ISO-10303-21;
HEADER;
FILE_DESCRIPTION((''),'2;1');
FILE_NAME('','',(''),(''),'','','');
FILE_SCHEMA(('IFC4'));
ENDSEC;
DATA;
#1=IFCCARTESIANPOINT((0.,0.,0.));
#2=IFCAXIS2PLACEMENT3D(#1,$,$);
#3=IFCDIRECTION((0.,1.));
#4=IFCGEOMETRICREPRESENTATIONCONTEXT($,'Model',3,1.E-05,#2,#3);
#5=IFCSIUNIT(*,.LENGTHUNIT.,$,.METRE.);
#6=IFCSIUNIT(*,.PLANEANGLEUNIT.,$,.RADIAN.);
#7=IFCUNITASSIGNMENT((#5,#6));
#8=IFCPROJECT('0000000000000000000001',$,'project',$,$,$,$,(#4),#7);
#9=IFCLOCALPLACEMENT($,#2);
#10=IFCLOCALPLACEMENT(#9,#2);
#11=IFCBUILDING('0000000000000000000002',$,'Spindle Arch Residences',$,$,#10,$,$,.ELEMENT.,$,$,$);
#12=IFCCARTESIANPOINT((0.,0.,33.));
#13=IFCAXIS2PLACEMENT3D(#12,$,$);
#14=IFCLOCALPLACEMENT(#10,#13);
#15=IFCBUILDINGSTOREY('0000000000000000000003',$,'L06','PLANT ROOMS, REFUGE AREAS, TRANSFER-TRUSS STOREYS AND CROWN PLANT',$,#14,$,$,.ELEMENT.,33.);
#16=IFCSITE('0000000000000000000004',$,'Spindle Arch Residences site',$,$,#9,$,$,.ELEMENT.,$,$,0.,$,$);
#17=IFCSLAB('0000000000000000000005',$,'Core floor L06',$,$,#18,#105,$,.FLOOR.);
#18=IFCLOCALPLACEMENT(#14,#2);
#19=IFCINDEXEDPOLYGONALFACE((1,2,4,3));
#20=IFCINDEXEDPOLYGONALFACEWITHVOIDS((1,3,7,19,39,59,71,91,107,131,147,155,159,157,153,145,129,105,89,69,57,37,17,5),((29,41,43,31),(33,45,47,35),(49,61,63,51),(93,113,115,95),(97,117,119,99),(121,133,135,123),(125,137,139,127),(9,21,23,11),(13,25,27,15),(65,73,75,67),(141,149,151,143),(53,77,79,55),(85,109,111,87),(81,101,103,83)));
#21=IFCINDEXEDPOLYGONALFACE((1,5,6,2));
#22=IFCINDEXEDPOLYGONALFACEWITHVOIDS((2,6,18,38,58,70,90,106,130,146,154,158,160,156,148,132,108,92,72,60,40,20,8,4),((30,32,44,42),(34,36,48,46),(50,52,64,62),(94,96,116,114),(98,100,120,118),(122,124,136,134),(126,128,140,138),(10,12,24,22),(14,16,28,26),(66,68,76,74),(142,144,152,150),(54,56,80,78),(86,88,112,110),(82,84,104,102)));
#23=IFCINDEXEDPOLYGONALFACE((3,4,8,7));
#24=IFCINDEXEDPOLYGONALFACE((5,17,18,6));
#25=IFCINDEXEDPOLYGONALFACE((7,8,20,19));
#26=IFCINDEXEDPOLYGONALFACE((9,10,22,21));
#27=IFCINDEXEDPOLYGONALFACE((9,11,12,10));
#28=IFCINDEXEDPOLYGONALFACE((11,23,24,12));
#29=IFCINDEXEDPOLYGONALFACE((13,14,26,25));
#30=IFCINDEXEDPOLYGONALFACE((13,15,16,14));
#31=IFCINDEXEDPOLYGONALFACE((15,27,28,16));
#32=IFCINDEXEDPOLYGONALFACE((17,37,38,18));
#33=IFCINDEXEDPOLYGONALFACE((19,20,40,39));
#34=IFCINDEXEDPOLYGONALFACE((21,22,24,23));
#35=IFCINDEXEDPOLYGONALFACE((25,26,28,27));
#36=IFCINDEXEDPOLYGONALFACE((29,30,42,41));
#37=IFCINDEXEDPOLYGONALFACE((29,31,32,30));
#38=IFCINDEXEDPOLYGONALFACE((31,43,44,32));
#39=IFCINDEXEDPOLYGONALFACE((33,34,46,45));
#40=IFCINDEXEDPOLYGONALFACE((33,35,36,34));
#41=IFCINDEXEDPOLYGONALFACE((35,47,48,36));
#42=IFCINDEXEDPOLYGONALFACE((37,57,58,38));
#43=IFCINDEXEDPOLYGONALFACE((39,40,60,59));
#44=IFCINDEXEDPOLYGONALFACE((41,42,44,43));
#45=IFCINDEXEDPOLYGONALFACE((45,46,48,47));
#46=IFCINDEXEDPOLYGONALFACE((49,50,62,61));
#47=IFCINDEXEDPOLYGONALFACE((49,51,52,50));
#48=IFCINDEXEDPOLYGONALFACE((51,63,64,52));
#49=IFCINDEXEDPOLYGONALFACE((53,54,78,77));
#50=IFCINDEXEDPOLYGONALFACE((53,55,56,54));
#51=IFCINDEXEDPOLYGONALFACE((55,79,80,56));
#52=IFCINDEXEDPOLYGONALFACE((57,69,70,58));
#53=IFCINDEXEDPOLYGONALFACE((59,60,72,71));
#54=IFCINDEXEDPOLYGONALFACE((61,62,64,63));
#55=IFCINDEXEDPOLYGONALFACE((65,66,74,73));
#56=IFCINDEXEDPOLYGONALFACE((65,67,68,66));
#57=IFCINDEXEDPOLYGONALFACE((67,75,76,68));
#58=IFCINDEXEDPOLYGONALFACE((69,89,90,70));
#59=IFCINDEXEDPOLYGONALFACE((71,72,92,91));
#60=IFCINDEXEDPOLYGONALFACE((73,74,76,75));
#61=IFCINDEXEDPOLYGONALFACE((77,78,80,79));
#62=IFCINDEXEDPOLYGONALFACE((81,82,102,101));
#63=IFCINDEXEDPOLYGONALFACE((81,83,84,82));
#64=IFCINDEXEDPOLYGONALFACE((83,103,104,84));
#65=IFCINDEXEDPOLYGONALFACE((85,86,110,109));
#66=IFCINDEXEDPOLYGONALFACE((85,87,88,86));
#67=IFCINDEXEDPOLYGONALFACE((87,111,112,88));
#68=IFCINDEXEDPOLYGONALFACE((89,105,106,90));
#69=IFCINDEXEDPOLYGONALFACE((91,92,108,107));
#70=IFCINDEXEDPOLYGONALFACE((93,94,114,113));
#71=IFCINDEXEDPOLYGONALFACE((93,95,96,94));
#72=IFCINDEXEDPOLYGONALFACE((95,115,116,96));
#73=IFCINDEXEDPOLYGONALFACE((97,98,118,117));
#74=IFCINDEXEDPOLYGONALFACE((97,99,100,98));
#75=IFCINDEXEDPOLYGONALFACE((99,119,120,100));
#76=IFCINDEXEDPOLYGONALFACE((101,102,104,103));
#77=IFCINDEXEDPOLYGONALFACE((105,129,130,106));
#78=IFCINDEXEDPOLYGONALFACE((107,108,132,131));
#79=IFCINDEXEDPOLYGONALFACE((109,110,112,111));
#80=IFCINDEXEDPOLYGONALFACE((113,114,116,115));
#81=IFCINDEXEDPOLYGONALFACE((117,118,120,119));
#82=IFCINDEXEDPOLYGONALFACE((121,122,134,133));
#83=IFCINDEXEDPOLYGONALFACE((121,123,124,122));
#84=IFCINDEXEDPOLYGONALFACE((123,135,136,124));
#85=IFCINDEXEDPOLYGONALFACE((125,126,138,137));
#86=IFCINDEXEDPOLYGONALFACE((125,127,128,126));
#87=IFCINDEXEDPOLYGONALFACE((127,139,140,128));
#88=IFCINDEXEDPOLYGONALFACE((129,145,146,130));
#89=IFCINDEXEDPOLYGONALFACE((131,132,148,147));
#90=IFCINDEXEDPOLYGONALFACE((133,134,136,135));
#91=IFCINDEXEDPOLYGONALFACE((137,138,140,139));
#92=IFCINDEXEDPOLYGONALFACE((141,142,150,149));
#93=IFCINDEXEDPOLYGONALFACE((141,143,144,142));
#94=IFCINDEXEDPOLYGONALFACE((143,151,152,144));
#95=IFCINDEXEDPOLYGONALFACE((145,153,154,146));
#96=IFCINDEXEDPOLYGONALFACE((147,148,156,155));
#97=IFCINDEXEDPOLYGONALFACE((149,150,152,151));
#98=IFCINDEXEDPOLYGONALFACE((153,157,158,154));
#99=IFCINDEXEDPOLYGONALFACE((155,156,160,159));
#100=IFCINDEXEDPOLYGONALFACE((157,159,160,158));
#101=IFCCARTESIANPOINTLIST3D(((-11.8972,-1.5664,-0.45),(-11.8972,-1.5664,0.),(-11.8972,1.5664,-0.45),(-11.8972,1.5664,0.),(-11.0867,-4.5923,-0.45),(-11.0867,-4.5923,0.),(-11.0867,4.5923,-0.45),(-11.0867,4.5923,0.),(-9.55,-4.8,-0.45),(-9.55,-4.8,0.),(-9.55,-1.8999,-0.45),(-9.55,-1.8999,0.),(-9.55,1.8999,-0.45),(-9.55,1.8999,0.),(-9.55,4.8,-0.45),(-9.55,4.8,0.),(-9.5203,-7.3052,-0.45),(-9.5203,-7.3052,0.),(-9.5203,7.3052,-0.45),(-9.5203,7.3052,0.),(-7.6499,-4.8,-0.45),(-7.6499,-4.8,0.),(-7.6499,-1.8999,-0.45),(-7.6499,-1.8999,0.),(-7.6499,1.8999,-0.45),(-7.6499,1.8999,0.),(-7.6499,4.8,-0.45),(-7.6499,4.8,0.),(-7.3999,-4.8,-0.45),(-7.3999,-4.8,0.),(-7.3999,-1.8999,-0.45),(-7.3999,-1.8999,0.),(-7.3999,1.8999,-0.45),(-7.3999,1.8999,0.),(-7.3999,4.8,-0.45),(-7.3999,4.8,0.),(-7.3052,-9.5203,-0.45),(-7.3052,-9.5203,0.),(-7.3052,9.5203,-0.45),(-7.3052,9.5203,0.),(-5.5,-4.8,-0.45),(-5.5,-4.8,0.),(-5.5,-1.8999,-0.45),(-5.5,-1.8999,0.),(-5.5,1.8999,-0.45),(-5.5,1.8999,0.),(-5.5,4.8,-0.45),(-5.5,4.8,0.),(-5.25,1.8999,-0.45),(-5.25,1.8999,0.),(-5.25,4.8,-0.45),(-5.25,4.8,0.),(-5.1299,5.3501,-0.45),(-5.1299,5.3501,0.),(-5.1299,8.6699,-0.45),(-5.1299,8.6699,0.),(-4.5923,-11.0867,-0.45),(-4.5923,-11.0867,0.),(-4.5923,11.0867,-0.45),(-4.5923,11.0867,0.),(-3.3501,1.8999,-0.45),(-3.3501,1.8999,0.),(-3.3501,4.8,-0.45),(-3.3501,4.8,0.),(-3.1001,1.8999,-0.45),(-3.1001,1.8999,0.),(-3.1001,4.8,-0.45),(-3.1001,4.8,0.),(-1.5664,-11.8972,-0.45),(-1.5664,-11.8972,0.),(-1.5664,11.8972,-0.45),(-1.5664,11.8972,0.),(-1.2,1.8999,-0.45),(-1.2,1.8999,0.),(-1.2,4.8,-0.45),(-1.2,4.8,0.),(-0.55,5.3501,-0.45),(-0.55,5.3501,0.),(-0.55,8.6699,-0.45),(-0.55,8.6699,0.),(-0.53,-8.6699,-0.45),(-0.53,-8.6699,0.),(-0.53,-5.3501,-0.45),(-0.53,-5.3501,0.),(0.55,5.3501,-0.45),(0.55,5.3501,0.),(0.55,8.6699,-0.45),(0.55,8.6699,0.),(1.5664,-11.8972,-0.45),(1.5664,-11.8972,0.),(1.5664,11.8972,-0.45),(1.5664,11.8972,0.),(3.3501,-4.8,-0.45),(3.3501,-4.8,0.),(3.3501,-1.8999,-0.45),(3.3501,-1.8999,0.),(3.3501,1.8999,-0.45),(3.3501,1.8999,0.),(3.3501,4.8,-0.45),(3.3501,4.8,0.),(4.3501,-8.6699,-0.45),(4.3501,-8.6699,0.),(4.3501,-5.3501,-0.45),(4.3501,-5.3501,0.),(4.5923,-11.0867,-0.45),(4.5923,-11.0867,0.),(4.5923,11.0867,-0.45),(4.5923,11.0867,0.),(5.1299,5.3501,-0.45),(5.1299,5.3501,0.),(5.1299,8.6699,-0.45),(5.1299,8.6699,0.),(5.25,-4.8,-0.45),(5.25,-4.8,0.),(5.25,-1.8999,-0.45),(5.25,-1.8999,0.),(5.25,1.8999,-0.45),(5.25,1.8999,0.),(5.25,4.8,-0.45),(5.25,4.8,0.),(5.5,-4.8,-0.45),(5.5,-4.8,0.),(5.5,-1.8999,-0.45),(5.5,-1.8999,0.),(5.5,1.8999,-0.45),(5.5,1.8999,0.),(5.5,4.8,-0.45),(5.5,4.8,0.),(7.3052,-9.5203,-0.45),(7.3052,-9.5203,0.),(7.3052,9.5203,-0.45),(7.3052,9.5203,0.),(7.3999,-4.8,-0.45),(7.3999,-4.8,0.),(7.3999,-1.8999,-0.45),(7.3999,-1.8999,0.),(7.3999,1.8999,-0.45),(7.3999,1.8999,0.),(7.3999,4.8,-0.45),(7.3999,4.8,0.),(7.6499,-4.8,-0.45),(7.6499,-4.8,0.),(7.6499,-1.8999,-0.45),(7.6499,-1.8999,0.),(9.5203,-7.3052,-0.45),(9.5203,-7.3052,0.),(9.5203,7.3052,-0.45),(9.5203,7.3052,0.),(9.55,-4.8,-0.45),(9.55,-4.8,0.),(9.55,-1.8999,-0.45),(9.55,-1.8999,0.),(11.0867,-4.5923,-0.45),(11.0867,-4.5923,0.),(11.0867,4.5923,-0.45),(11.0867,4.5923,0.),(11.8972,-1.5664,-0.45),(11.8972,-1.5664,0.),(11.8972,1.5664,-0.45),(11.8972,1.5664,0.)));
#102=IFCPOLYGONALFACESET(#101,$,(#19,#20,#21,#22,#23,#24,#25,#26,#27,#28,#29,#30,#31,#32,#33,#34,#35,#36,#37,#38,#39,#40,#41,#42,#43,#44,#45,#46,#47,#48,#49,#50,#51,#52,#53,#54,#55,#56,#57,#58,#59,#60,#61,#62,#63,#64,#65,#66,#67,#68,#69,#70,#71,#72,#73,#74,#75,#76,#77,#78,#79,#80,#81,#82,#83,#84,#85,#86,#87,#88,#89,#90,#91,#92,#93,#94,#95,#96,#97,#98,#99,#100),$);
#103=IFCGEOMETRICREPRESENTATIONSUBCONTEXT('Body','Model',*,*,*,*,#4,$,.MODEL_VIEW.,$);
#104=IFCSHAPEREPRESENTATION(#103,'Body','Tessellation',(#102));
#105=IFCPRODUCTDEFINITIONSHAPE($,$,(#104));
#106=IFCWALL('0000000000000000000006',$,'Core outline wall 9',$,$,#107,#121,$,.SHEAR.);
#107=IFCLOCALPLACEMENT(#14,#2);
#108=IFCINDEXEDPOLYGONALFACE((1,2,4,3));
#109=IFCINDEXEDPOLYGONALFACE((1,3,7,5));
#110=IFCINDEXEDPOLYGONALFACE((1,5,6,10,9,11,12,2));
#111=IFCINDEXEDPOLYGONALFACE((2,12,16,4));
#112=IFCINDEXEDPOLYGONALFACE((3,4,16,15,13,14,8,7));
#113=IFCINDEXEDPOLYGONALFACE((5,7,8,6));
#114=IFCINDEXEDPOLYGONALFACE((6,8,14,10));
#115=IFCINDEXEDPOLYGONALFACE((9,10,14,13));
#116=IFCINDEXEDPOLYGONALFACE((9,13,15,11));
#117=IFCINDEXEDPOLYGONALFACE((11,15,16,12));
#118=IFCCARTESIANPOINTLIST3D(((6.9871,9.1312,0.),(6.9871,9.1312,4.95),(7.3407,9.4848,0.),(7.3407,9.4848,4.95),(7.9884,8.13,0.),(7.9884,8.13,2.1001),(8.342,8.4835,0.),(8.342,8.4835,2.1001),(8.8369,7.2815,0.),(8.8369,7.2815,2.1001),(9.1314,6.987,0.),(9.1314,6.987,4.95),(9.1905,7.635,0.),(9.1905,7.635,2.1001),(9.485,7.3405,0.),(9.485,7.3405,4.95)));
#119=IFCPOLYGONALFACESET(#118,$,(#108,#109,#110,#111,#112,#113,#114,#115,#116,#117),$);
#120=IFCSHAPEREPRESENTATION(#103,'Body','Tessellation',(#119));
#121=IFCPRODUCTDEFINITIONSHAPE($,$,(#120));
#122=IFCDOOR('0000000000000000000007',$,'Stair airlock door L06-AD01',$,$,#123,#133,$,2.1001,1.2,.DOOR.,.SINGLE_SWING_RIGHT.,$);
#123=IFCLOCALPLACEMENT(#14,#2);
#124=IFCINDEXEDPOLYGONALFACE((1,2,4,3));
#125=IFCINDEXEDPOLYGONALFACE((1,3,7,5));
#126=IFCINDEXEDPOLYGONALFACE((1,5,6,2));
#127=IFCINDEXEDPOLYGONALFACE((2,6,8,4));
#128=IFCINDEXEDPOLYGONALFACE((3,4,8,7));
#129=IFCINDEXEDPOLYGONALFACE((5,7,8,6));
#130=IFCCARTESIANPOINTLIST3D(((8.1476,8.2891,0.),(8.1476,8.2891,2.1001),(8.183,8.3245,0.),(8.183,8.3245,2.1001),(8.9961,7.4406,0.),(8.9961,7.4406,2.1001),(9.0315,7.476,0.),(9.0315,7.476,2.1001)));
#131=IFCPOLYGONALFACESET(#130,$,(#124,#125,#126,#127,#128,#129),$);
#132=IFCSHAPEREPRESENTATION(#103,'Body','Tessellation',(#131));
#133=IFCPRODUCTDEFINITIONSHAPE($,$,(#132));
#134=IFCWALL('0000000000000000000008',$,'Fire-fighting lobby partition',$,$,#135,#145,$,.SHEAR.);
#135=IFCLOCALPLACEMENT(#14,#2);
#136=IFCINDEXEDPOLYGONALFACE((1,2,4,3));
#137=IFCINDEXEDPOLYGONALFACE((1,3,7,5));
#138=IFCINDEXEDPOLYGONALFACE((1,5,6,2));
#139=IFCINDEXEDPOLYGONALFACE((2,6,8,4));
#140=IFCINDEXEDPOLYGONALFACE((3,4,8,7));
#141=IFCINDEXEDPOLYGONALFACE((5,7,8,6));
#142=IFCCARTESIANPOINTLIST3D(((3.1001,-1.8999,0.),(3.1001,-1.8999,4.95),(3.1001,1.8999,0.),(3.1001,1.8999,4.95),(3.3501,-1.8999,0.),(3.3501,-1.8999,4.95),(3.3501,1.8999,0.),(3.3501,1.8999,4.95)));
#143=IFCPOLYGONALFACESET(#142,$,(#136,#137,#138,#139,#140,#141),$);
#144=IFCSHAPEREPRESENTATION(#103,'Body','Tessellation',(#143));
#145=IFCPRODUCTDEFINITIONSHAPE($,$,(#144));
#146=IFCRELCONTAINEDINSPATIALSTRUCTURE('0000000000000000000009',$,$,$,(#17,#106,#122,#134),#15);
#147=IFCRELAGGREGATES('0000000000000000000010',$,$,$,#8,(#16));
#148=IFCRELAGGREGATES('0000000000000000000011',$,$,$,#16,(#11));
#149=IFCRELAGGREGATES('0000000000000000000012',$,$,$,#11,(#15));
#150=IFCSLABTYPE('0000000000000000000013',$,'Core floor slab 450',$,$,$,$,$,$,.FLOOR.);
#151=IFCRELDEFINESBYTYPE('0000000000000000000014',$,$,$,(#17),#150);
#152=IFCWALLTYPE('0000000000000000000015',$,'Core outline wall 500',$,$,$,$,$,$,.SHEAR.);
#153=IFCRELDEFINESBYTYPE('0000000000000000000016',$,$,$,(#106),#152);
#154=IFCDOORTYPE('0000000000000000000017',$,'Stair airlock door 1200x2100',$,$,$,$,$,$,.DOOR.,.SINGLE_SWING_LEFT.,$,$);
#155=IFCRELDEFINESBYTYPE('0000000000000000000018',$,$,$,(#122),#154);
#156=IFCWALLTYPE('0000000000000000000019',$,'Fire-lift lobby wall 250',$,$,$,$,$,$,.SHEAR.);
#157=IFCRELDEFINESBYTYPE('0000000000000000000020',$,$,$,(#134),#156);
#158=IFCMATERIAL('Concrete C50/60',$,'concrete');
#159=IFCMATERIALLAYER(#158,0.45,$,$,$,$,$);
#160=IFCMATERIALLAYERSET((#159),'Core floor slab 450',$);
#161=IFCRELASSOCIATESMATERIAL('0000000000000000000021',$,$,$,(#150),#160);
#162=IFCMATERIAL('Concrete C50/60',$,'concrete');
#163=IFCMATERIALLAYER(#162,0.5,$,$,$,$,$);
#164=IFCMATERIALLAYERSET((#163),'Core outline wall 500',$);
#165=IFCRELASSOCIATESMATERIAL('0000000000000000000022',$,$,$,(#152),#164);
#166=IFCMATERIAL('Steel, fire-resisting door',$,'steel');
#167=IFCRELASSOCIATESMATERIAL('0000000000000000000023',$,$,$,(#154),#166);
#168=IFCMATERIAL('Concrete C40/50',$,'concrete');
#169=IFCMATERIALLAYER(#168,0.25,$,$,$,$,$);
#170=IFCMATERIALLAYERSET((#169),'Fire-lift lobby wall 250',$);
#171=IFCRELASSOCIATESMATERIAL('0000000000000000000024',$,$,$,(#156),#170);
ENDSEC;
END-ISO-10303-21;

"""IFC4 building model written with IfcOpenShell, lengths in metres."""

from ifc_helpers import new_model, si_unit, direction, frame, frame_2d, origin, place, context, subcontext, project, spatial, polyline, rectangle, outline, extrude, material, layer, layer_set, type_object, element, fill, save


model = new_model("IFC4")

# Units and contexts
model_context = context("Model", 3, precision=1e-05, world=origin(), true_north=direction((0.0, 1.0)))
body_context = subcontext(model_context, "Body", "Model", "MODEL_VIEW")
ifc_project = project(units=[si_unit("LENGTHUNIT", "METRE"), si_unit("PLANEANGLEUNIT", "RADIAN")], contexts=[model_context])

# Site, building, storey
site_placement = place(None, origin())
site = spatial("IfcSite", under=ifc_project, at=site_placement, Name="Spindle Arch Residences site", CompositionType="ELEMENT", RefElevation=0.0)
building_placement = place(site_placement, origin())
building = spatial("IfcBuilding", under=site, at=building_placement, Name="Spindle Arch Residences", CompositionType="ELEMENT")
storey_placement = place(building_placement, frame((0.0, 0.0, 33.0)))
storey = spatial("IfcBuildingStorey", under=building, at=storey_placement, Name="L06", Description="PLANT ROOMS, REFUGE AREAS, TRANSFER-TRUSS STOREYS AND CROWN PLANT", CompositionType="ELEMENT", Elevation=33.0)

# Slab
ifc_material_1 = material(Name="Concrete C50/60", Category="concrete")
ifc_layer_1 = layer(ifc_material_1, 0.45)
ifc_layer_set_1 = layer_set([ifc_layer_1], Name="Core floor slab 450")
slab_type = type_object("IfcSlabType", Name="Core floor slab 450", PredefinedType="FLOOR", material=ifc_layer_set_1)
slab_placement = place(storey_placement, frame((0.0, 0.0, -0.45)))
element("IfcSlab", 1, at=slab_placement, inside=storey, type_object=slab_type, Name="Core floor L06", PredefinedType="FLOOR", context=body_context, shape_type="SweptSolid", body=[
    extrude(outline(polyline([(1.5664, -11.8972), (4.5923, -11.0867), (7.3052, -9.5203), (9.5203, -7.3052), (11.0867, -4.5923), (11.8972, -1.5664), (11.8972, 1.5664), (11.0867, 4.5923), (9.5203, 7.3052), (7.3052, 9.5203), (4.5923, 11.0867), (1.5664, 11.8972), (-1.5664, 11.8972), (-4.5923, 11.0867), (-7.3052, 9.5203), (-9.5203, 7.3052), (-11.0867, 4.5923), (-11.8972, 1.5664), (-11.8972, -1.5664), (-11.0867, -4.5923), (-9.5203, -7.3052), (-7.3052, -9.5203), (-4.5923, -11.0867), (-1.5664, -11.8972), (1.5664, -11.8972)]), holes=[polyline([(-9.55, 1.8999), (-7.6499, 1.8999), (-7.6499, 4.8), (-9.55, 4.8), (-9.55, 1.8999)]), polyline([(-7.3999, 1.8999), (-5.5, 1.8999), (-5.5, 4.8), (-7.3999, 4.8), (-7.3999, 1.8999)]), polyline([(-5.25, 1.8999), (-3.3501, 1.8999), (-3.3501, 4.8), (-5.25, 4.8), (-5.25, 1.8999)]), polyline([(-3.1001, 1.8999), (-1.2, 1.8999), (-1.2, 4.8), (-3.1001, 4.8), (-3.1001, 1.8999)]), polyline([(3.3501, 1.8999), (5.25, 1.8999), (5.25, 4.8), (3.3501, 4.8), (3.3501, 1.8999)]), polyline([(5.5, 1.8999), (7.3999, 1.8999), (7.3999, 4.8), (5.5, 4.8), (5.5, 1.8999)]), polyline([(-9.55, -4.8), (-7.6499, -4.8), (-7.6499, -1.8999), (-9.55, -1.8999), (-9.55, -4.8)]), polyline([(-7.3999, -4.8), (-5.5, -4.8), (-5.5, -1.8999), (-7.3999, -1.8999), (-7.3999, -4.8)]), polyline([(3.3501, -4.8), (5.25, -4.8), (5.25, -1.8999), (3.3501, -1.8999), (3.3501, -4.8)]), polyline([(5.5, -4.8), (7.3999, -4.8), (7.3999, -1.8999), (5.5, -1.8999), (5.5, -4.8)]), polyline([(7.6499, -4.8), (9.55, -4.8), (9.55, -1.8999), (7.6499, -1.8999), (7.6499, -4.8)]), polyline([(5.1299, 8.6699), (0.55, 8.6699), (0.55, 5.3501), (5.1299, 5.3501), (5.1299, 8.6699)]), polyline([(-5.1299, 5.3501), (-0.55, 5.3501), (-0.55, 8.6699), (-5.1299, 8.6699), (-5.1299, 5.3501)]), polyline([(-0.53, -8.6699), (4.3501, -8.6699), (4.3501, -5.3501), (-0.53, -5.3501), (-0.53, -8.6699)])]), origin(), (0.0, 0.0, 1.0), 0.45),
])

# Wall, opening, door
ifc_material_2 = material(Name="Concrete C50/60", Category="concrete")
ifc_layer_2 = layer(ifc_material_2, 0.5)
ifc_layer_set_2 = layer_set([ifc_layer_2], Name="Core outline wall 500")
wall_type_1 = type_object("IfcWallType", Name="Core outline wall 500", PredefinedType="SHEAR", material=ifc_layer_set_2)
wall_1_placement = place(storey_placement, frame((9.3081, 7.1638, 0.0), z_axis=(0.0, 0.0, 1.0), x_axis=(-0.707107, 0.707107, 0.0)))
wall_1 = element("IfcWall", 2, at=wall_1_placement, inside=storey, type_object=wall_type_1, Name="Core outline wall 9", PredefinedType="SHEAR", context=body_context, shape_type="SweptSolid", body=[
    extrude(rectangle(XDim=3.0325, YDim=0.5, at=frame_2d((1.5161, 0.0))), origin(), (0.0, 0.0, 1.0), 4.95),
])
opening_1_placement = place(wall_1_placement, frame((0.4163, 0.0, 0.0)))
opening_1 = element("IfcOpeningElement", 3, at=opening_1_placement, cuts=wall_1, PredefinedType="OPENING", context=body_context, shape_type="SweptSolid", body=[
    extrude(rectangle(XDim=1.2, YDim=2.1001, at=frame_2d((0.6001, 1.05))), frame((0.0, 0.26, 0.0), z_axis=(0.0, -1.0, 0.0), x_axis=(1.0, 0.0, 0.0)), (0.0, 0.0, 1.0), 0.52),
])
ifc_material_3 = material(Name="Steel, fire-resisting door", Category="steel")
door_type_1 = type_object("IfcDoorType", Name="Stair airlock door 1200x2100", OperationType="SINGLE_SWING_LEFT", PredefinedType="DOOR", material=ifc_material_3)
door_1_placement = place(opening_1_placement, origin())
door_1 = element("IfcDoor", 4, at=door_1_placement, inside=storey, type_object=door_type_1, Name="Stair airlock door L06-AD01", OperationType="SINGLE_SWING_RIGHT", OverallHeight=2.1001, OverallWidth=1.2, PredefinedType="DOOR", context=body_context, shape_type="SweptSolid", body=[
    extrude(rectangle(XDim=1.2, YDim=2.1001, at=frame_2d((0.6001, 1.05))), frame((0.0, 0.0249, 0.0), z_axis=(0.0, -1.0, 0.0), x_axis=(1.0, 0.0, 0.0)), (0.0, 0.0, 1.0), 0.05),
])
fill(opening_1, door_1)

# Shared definitions
ifc_material_4 = material(Name="Concrete C40/50", Category="concrete")
ifc_layer_3 = layer(ifc_material_4, 0.25)
ifc_layer_set_3 = layer_set([ifc_layer_3], Name="Fire-lift lobby wall 250")
wall_type_2 = type_object("IfcWallType", Name="Fire-lift lobby wall 250", PredefinedType="SHEAR", material=ifc_layer_set_3)

# Wall
wall_2_placement = place(storey_placement, frame((3.2251, -1.8999, 0.0), z_axis=(0.0, 0.0, 1.0), x_axis=(0.0, 1.0, 0.0)))
element("IfcWall", 5, at=wall_2_placement, inside=storey, type_object=wall_type_2, Name="Fire-fighting lobby partition", PredefinedType="SHEAR", context=body_context, shape_type="SweptSolid", body=[
    extrude(rectangle(XDim=3.7998, YDim=0.25, at=frame_2d((1.8999, 0.0))), origin(), (0.0, 0.0, 1.0), 4.95),
])

save(model, "model.ifc")
